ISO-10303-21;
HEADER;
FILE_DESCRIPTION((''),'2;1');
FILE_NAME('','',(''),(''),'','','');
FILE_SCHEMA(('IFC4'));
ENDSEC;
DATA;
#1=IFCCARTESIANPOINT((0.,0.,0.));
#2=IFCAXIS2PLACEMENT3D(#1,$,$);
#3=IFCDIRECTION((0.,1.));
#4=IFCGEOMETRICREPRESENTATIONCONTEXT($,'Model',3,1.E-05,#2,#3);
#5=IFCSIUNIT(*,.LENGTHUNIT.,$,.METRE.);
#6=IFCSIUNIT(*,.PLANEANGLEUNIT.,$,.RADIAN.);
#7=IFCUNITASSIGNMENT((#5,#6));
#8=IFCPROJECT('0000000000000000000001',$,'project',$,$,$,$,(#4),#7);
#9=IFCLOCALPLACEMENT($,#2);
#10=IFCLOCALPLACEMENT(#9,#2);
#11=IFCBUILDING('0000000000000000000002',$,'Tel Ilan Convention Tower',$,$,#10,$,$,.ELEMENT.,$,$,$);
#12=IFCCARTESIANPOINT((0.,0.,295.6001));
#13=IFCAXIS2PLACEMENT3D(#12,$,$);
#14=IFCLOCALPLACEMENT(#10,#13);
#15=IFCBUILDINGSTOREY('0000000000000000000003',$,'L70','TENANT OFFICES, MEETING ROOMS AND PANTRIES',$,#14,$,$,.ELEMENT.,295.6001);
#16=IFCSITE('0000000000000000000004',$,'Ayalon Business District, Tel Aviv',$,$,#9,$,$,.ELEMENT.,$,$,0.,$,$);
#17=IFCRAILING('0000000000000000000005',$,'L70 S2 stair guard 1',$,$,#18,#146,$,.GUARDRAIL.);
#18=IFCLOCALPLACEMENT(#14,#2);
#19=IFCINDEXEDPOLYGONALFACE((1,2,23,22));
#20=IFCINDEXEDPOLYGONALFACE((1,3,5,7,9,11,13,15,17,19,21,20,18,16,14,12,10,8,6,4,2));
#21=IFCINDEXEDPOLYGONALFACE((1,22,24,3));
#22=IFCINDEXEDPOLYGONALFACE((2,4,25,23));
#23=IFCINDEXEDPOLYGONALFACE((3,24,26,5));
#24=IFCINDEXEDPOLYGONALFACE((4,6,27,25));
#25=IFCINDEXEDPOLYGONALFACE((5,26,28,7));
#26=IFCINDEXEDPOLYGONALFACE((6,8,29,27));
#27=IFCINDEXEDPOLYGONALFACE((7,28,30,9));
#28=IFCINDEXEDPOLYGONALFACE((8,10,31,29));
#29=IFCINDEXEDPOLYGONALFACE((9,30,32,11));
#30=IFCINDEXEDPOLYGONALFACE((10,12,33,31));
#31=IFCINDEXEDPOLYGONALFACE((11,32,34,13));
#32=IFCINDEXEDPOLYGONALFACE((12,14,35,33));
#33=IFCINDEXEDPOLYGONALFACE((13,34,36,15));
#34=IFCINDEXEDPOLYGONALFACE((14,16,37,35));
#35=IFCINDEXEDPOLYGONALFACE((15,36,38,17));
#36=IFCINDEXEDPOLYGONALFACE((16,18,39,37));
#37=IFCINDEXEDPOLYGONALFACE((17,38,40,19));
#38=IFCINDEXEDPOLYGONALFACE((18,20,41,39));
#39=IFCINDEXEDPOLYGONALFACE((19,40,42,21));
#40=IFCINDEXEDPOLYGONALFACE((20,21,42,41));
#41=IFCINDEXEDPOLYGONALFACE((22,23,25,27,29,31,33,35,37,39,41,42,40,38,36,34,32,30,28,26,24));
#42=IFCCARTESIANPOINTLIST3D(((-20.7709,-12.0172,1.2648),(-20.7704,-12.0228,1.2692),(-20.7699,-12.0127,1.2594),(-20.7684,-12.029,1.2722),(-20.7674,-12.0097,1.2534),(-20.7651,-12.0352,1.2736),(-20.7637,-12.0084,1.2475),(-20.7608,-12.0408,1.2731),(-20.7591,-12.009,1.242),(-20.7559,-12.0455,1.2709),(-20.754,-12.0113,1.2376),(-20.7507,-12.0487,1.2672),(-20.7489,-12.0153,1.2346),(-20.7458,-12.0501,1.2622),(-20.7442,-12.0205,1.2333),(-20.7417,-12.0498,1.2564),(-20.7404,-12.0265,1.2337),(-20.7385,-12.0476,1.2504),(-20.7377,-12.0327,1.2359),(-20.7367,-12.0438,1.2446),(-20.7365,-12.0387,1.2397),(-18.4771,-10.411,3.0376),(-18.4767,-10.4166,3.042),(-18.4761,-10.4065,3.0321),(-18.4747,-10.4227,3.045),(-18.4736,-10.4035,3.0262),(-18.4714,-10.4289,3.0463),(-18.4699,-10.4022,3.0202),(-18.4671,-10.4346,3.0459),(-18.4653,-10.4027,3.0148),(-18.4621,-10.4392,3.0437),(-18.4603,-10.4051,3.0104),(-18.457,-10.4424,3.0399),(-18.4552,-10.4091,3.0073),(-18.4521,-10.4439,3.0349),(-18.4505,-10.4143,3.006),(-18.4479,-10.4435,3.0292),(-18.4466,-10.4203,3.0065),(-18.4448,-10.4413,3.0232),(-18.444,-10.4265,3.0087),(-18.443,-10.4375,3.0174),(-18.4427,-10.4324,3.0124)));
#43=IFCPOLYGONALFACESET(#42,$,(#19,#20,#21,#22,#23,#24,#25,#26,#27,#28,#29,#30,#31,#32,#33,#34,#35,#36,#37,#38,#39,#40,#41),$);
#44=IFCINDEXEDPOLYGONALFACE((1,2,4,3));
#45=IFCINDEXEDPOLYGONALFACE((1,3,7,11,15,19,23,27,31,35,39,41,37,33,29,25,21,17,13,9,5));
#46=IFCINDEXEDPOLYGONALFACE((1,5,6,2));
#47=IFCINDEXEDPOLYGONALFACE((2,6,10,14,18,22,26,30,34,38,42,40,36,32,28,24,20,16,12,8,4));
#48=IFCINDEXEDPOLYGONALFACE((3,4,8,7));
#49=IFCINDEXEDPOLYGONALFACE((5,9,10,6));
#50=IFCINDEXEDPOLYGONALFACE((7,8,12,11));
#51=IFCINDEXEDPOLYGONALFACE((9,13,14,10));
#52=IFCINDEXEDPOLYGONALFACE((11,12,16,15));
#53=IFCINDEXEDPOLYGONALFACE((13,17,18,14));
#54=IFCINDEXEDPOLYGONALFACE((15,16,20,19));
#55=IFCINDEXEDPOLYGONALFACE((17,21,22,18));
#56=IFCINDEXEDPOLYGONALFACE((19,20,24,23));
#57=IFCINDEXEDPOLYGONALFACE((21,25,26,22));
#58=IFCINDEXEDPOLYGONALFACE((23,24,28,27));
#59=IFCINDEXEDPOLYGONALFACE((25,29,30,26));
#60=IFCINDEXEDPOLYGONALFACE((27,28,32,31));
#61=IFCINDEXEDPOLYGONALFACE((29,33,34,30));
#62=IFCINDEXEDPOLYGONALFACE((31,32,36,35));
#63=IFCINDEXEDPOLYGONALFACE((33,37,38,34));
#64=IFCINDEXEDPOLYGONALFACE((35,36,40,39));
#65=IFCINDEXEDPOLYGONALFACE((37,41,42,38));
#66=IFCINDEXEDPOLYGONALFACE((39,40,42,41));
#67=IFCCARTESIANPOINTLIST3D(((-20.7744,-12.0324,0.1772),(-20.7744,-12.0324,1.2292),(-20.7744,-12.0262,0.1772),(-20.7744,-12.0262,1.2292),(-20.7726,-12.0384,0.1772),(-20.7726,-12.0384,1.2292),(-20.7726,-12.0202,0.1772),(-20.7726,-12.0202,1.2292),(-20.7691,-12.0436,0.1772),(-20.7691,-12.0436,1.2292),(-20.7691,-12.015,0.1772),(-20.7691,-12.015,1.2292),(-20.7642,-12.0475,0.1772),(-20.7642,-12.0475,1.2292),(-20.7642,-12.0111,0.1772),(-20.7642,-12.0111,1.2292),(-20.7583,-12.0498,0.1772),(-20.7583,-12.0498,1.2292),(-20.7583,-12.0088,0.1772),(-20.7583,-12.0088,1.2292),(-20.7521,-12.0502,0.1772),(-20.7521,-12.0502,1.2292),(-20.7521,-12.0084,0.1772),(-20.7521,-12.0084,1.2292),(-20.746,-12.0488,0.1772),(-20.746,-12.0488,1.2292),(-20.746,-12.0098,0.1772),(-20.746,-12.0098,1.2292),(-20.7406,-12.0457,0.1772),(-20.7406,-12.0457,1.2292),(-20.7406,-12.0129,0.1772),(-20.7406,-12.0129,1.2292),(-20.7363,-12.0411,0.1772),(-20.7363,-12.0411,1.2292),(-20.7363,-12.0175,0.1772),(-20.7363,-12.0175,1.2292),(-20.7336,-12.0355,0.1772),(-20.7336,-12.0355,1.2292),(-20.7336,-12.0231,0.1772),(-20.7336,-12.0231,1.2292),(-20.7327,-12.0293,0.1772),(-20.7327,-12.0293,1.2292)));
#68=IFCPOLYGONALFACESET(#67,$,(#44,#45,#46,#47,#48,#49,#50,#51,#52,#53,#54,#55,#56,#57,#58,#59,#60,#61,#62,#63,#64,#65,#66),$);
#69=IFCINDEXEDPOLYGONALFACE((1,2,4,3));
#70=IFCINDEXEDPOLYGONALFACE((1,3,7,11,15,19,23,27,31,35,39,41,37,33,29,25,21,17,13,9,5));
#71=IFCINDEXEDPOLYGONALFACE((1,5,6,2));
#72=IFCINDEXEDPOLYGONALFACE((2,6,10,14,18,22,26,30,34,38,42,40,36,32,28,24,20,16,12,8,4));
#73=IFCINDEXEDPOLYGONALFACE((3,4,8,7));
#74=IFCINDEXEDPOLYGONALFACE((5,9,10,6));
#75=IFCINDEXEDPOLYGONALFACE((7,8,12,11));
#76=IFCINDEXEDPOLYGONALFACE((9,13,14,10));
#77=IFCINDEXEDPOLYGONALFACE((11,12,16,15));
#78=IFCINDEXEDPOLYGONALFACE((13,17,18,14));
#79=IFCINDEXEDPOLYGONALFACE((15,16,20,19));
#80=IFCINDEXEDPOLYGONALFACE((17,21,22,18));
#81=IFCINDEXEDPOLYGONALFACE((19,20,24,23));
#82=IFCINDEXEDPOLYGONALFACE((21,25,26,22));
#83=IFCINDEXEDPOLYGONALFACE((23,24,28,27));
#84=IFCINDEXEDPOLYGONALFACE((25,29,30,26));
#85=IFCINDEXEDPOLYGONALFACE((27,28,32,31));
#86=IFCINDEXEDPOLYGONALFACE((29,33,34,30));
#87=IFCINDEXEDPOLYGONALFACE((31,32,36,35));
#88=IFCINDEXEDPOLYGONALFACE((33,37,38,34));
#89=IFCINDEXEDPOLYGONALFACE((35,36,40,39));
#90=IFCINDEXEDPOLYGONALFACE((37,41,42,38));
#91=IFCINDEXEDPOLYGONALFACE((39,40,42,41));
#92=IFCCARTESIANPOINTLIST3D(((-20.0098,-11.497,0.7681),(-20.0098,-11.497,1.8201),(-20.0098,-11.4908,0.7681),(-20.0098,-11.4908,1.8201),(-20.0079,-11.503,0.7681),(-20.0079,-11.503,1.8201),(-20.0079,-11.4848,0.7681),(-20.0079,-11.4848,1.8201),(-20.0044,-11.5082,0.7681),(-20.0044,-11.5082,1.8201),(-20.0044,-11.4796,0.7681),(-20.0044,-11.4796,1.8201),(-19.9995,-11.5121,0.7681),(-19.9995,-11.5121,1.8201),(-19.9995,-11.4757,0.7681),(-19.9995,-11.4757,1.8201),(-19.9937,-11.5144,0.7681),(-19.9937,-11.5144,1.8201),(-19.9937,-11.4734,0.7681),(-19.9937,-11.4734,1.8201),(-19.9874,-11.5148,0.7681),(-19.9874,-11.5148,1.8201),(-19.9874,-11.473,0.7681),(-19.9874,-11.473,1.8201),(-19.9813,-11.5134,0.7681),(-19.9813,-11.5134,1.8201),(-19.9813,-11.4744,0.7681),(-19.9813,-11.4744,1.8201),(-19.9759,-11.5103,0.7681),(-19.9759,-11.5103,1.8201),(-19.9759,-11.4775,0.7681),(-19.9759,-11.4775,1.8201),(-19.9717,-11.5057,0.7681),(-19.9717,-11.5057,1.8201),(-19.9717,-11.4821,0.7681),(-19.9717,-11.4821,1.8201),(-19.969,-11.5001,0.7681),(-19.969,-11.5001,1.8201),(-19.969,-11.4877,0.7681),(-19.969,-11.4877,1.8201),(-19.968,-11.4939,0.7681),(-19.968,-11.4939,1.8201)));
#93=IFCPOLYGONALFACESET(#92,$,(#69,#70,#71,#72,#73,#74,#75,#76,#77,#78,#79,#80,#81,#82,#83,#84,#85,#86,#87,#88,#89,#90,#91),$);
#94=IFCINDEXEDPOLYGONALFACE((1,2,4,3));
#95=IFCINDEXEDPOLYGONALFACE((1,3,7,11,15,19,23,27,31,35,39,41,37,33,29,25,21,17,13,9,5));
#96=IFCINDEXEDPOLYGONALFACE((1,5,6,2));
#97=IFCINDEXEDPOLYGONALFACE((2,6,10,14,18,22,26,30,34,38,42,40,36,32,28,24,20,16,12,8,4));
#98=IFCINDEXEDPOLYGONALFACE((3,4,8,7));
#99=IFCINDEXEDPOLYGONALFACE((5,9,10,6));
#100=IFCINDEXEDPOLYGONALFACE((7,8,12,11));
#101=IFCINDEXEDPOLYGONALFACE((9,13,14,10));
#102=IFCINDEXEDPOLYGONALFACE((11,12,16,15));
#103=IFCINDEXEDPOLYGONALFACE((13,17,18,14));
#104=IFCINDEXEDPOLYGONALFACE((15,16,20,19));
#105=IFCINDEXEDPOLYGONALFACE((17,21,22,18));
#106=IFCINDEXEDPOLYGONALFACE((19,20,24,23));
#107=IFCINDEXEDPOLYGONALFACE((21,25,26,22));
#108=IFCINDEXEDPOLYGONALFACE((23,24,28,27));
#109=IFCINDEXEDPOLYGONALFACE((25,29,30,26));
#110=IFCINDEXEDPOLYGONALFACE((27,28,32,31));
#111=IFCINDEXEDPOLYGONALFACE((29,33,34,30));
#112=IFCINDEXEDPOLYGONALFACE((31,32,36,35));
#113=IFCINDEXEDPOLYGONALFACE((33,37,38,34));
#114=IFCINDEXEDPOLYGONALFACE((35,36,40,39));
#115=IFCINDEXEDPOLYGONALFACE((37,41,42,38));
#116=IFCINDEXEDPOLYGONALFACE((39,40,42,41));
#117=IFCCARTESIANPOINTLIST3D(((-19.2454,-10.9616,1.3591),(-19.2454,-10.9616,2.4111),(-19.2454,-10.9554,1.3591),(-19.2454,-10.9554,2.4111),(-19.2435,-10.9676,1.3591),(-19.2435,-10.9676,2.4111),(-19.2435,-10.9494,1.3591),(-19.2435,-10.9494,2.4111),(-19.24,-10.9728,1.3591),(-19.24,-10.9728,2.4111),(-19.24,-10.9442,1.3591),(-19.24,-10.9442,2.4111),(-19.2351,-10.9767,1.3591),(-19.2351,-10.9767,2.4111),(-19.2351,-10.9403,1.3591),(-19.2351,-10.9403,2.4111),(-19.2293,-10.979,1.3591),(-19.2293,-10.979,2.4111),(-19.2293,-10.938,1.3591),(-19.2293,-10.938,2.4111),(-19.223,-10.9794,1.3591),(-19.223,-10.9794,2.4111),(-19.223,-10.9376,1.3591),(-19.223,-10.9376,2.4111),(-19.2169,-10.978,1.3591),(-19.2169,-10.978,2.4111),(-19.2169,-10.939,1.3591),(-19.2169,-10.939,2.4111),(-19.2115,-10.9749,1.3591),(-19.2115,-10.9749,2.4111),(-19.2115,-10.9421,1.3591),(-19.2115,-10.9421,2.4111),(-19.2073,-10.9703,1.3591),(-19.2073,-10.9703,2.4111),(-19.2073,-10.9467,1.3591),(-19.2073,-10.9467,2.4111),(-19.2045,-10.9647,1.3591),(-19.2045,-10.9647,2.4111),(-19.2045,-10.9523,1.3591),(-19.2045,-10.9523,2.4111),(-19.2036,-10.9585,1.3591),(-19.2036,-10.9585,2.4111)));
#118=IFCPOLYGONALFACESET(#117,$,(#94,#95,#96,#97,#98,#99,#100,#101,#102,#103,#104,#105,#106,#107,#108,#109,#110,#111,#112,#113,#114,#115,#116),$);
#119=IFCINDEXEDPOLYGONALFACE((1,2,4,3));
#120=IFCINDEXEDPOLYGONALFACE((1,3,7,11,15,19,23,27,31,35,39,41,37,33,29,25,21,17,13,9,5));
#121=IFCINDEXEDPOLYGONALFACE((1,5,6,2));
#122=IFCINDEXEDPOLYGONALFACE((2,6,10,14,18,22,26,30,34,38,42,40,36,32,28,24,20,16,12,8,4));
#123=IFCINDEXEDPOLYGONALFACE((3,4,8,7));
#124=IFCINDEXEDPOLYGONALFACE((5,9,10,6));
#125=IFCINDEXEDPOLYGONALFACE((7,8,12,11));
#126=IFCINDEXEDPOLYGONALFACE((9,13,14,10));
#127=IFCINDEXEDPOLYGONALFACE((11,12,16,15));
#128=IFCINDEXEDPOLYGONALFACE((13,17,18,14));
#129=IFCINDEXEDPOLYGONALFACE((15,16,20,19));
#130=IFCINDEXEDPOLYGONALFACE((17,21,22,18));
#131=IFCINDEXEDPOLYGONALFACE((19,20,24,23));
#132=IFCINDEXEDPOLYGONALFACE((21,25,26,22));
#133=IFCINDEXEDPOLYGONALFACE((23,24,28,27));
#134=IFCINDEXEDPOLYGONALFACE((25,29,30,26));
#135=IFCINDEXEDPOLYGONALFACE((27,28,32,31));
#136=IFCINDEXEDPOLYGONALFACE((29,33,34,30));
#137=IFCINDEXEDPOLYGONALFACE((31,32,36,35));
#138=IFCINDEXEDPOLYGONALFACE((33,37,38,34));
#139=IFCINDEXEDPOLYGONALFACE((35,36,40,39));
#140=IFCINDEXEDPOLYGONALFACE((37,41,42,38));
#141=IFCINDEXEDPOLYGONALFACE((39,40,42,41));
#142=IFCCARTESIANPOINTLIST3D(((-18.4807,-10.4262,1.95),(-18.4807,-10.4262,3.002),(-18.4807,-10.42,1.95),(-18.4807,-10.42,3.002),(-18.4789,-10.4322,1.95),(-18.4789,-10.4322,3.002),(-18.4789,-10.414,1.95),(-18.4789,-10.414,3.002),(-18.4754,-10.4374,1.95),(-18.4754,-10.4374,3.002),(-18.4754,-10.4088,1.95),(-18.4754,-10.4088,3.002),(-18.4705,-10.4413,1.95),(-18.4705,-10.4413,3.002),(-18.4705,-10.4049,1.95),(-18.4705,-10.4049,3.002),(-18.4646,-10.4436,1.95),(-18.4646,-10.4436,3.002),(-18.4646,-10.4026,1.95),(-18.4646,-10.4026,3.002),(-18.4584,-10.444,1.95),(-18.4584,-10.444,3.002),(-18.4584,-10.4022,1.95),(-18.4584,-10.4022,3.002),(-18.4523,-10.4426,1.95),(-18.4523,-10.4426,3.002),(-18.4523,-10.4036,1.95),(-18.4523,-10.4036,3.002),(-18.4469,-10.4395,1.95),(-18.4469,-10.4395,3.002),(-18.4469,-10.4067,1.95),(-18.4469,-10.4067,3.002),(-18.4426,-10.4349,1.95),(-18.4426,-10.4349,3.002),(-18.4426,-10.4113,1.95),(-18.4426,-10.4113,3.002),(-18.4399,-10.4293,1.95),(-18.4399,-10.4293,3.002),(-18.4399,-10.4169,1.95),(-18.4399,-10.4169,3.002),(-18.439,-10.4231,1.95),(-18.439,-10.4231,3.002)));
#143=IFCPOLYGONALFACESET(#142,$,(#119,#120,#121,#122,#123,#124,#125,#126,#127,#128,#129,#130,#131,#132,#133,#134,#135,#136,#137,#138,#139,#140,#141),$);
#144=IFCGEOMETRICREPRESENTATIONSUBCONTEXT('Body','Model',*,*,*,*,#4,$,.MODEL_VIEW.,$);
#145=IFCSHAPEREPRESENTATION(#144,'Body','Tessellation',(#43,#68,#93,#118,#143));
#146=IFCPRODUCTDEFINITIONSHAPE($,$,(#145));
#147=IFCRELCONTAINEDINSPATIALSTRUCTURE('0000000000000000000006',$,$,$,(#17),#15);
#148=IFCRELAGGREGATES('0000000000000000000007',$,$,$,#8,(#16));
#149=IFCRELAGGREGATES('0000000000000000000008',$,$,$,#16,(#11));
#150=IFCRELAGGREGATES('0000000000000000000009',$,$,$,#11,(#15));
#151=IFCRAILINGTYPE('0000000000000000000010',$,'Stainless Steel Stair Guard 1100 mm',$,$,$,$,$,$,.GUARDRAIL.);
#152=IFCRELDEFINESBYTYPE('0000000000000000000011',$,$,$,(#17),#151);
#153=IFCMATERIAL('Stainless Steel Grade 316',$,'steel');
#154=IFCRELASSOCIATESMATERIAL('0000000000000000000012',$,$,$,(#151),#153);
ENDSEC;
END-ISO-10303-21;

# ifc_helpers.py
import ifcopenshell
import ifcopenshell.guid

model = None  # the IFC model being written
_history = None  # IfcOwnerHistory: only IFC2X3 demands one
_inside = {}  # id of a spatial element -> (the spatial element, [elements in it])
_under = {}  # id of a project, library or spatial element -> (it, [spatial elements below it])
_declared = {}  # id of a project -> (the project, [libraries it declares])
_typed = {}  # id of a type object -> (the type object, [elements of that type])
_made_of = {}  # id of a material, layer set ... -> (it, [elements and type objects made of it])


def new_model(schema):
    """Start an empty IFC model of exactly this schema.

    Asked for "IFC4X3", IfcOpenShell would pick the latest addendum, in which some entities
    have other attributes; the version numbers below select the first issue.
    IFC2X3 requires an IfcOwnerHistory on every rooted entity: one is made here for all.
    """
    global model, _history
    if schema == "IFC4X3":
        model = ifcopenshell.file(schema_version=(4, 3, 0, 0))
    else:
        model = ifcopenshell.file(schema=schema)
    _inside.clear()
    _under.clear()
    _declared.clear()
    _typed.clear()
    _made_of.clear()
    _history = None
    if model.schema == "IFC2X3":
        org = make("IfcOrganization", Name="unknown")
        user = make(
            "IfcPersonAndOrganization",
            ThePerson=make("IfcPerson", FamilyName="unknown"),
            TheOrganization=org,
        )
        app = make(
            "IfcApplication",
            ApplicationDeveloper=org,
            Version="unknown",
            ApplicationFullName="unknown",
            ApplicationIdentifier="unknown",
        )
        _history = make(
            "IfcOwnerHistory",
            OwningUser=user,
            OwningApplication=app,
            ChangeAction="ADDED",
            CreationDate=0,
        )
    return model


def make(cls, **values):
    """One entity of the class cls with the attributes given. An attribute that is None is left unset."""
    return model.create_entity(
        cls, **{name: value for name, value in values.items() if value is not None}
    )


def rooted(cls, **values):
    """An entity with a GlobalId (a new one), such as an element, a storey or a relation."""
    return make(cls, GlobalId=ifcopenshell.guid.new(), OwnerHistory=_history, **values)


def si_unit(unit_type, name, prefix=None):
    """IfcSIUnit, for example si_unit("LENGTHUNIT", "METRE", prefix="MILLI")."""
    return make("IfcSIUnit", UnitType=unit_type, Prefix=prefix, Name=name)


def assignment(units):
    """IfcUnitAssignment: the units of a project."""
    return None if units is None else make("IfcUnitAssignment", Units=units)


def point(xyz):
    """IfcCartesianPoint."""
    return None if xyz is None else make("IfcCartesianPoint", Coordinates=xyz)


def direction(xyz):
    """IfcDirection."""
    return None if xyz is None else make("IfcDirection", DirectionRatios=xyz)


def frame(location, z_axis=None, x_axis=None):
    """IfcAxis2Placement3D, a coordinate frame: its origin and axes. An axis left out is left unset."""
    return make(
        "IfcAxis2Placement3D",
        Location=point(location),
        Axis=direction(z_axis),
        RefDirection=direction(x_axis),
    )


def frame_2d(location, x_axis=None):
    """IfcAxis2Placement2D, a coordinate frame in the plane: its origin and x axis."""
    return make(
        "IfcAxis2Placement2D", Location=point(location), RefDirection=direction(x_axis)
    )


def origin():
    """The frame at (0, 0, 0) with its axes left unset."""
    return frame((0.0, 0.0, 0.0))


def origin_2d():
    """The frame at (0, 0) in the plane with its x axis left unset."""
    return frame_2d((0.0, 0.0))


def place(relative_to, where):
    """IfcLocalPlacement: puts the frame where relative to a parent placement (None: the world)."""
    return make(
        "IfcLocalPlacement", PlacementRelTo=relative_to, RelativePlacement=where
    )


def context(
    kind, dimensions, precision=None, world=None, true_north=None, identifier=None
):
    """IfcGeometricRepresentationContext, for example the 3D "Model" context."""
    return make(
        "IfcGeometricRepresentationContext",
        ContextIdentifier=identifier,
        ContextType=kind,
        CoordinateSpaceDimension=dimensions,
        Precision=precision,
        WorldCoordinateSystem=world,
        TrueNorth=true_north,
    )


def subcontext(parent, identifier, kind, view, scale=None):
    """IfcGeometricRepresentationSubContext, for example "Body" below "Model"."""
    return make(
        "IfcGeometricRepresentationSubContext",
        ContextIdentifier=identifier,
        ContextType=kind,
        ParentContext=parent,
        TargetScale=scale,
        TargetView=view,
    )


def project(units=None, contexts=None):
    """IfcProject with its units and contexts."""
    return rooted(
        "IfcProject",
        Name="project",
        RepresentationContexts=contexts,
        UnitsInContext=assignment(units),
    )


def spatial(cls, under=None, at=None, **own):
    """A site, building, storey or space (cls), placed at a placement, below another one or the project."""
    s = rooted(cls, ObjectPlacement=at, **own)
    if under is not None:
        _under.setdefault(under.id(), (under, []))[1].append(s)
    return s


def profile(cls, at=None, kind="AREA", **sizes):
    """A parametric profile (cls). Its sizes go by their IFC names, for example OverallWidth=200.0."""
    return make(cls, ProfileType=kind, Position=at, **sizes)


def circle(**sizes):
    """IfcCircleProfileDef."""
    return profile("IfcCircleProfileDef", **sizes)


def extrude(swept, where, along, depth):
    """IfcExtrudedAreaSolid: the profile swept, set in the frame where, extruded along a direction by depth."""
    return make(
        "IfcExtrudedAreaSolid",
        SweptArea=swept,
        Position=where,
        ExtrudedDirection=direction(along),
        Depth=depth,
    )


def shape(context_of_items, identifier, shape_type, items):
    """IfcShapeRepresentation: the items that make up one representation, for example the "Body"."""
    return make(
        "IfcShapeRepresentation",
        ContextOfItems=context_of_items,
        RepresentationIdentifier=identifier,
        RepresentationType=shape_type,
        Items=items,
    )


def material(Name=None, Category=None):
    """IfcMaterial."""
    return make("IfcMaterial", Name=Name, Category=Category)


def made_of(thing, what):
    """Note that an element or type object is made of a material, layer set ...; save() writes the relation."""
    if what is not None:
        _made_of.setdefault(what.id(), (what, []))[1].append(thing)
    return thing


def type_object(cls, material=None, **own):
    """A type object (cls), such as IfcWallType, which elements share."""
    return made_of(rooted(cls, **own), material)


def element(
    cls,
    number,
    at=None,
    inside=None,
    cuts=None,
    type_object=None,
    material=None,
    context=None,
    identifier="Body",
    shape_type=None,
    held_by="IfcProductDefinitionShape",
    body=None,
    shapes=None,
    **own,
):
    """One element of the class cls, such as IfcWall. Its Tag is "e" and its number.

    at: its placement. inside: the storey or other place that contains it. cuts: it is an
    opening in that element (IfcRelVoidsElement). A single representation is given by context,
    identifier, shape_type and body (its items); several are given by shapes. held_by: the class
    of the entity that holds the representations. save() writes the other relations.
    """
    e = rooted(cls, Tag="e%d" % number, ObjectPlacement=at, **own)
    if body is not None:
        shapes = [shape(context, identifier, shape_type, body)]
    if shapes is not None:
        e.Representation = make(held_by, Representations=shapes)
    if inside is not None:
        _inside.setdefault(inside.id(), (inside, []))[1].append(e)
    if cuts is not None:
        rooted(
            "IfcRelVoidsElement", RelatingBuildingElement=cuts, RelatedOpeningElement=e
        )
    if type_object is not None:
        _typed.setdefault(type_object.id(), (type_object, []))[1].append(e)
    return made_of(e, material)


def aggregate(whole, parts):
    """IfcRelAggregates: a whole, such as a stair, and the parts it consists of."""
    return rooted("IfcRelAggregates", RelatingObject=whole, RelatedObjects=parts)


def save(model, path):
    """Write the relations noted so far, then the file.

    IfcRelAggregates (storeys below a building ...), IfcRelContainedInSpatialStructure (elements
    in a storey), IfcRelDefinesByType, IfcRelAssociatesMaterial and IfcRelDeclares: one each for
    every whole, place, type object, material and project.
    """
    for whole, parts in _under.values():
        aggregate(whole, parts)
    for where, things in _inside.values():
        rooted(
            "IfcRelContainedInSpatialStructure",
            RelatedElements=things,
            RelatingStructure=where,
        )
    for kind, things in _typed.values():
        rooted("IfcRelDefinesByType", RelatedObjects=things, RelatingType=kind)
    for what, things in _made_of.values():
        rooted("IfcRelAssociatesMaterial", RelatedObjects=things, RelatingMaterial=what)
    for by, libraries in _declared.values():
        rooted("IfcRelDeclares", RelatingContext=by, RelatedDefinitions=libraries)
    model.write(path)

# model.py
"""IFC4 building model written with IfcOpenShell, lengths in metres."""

from ifc_helpers import new_model, si_unit, direction, frame, origin, origin_2d, place, context, subcontext, project, spatial, circle, extrude, material, type_object, element, save


model = new_model("IFC4")

# Units and contexts
model_context = context("Model", 3, precision=1e-05, world=origin(), true_north=direction((0.0, 1.0)))
body_context = subcontext(model_context, "Body", "Model", "MODEL_VIEW")
ifc_project = project(units=[si_unit("LENGTHUNIT", "METRE"), si_unit("PLANEANGLEUNIT", "RADIAN")], contexts=[model_context])

# Site, building, storey
site_placement = place(None, origin())
site = spatial("IfcSite", under=ifc_project, at=site_placement, Name="Ayalon Business District, Tel Aviv", CompositionType="ELEMENT", RefElevation=0.0)
building_placement = place(site_placement, origin())
building = spatial("IfcBuilding", under=site, at=building_placement, Name="Tel Ilan Convention Tower", CompositionType="ELEMENT")
storey_placement = place(building_placement, frame((0.0, 0.0, 295.6001)))
storey = spatial("IfcBuildingStorey", under=building, at=storey_placement, Name="L70", Description="TENANT OFFICES, MEETING ROOMS AND PANTRIES", CompositionType="ELEMENT", Elevation=295.6001)

# Railing
ifc_material_1 = material(Name="Stainless Steel Grade 316", Category="steel")
railing_type_1 = type_object("IfcRailingType", Name="Stainless Steel Stair Guard 1100 mm", PredefinedType="GUARDRAIL", material=ifc_material_1)
railing_1_placement = place(storey_placement, frame((-20.7537, -12.0293, 0.1772)))
element("IfcRailing", 1, at=railing_1_placement, inside=storey, type_object=railing_type_1, Name="L70 S2 stair guard 1", PredefinedType="GUARDRAIL", context=body_context, shape_type="SweptSolid", body=[
    extrude(circle(Radius=0.0239, at=origin_2d()), frame((0.0, 0.0, 1.0762), z_axis=(0.692098, 0.484653, 0.534894), x_axis=(-0.573609, 0.81913, 0.0)), (0.0, 0.0, 1.0), 3.3142),
    extrude(circle(Radius=0.021, at=origin_2d()), origin(), (0.0, 0.0, 1.0), 1.052),
    extrude(circle(Radius=0.021, at=origin_2d()), frame((0.7646, 0.5354, 0.5908)), (0.0, 0.0, 1.0), 1.052),
    extrude(circle(Radius=0.021, at=origin_2d()), frame((1.5291, 1.0708, 1.1819)), (0.0, 0.0, 1.0), 1.052),
    extrude(circle(Radius=0.021, at=origin_2d()), frame((2.2937, 1.6062, 1.7727)), (0.0, 0.0, 1.0), 1.052),
])

save(model, "model.ifc")
